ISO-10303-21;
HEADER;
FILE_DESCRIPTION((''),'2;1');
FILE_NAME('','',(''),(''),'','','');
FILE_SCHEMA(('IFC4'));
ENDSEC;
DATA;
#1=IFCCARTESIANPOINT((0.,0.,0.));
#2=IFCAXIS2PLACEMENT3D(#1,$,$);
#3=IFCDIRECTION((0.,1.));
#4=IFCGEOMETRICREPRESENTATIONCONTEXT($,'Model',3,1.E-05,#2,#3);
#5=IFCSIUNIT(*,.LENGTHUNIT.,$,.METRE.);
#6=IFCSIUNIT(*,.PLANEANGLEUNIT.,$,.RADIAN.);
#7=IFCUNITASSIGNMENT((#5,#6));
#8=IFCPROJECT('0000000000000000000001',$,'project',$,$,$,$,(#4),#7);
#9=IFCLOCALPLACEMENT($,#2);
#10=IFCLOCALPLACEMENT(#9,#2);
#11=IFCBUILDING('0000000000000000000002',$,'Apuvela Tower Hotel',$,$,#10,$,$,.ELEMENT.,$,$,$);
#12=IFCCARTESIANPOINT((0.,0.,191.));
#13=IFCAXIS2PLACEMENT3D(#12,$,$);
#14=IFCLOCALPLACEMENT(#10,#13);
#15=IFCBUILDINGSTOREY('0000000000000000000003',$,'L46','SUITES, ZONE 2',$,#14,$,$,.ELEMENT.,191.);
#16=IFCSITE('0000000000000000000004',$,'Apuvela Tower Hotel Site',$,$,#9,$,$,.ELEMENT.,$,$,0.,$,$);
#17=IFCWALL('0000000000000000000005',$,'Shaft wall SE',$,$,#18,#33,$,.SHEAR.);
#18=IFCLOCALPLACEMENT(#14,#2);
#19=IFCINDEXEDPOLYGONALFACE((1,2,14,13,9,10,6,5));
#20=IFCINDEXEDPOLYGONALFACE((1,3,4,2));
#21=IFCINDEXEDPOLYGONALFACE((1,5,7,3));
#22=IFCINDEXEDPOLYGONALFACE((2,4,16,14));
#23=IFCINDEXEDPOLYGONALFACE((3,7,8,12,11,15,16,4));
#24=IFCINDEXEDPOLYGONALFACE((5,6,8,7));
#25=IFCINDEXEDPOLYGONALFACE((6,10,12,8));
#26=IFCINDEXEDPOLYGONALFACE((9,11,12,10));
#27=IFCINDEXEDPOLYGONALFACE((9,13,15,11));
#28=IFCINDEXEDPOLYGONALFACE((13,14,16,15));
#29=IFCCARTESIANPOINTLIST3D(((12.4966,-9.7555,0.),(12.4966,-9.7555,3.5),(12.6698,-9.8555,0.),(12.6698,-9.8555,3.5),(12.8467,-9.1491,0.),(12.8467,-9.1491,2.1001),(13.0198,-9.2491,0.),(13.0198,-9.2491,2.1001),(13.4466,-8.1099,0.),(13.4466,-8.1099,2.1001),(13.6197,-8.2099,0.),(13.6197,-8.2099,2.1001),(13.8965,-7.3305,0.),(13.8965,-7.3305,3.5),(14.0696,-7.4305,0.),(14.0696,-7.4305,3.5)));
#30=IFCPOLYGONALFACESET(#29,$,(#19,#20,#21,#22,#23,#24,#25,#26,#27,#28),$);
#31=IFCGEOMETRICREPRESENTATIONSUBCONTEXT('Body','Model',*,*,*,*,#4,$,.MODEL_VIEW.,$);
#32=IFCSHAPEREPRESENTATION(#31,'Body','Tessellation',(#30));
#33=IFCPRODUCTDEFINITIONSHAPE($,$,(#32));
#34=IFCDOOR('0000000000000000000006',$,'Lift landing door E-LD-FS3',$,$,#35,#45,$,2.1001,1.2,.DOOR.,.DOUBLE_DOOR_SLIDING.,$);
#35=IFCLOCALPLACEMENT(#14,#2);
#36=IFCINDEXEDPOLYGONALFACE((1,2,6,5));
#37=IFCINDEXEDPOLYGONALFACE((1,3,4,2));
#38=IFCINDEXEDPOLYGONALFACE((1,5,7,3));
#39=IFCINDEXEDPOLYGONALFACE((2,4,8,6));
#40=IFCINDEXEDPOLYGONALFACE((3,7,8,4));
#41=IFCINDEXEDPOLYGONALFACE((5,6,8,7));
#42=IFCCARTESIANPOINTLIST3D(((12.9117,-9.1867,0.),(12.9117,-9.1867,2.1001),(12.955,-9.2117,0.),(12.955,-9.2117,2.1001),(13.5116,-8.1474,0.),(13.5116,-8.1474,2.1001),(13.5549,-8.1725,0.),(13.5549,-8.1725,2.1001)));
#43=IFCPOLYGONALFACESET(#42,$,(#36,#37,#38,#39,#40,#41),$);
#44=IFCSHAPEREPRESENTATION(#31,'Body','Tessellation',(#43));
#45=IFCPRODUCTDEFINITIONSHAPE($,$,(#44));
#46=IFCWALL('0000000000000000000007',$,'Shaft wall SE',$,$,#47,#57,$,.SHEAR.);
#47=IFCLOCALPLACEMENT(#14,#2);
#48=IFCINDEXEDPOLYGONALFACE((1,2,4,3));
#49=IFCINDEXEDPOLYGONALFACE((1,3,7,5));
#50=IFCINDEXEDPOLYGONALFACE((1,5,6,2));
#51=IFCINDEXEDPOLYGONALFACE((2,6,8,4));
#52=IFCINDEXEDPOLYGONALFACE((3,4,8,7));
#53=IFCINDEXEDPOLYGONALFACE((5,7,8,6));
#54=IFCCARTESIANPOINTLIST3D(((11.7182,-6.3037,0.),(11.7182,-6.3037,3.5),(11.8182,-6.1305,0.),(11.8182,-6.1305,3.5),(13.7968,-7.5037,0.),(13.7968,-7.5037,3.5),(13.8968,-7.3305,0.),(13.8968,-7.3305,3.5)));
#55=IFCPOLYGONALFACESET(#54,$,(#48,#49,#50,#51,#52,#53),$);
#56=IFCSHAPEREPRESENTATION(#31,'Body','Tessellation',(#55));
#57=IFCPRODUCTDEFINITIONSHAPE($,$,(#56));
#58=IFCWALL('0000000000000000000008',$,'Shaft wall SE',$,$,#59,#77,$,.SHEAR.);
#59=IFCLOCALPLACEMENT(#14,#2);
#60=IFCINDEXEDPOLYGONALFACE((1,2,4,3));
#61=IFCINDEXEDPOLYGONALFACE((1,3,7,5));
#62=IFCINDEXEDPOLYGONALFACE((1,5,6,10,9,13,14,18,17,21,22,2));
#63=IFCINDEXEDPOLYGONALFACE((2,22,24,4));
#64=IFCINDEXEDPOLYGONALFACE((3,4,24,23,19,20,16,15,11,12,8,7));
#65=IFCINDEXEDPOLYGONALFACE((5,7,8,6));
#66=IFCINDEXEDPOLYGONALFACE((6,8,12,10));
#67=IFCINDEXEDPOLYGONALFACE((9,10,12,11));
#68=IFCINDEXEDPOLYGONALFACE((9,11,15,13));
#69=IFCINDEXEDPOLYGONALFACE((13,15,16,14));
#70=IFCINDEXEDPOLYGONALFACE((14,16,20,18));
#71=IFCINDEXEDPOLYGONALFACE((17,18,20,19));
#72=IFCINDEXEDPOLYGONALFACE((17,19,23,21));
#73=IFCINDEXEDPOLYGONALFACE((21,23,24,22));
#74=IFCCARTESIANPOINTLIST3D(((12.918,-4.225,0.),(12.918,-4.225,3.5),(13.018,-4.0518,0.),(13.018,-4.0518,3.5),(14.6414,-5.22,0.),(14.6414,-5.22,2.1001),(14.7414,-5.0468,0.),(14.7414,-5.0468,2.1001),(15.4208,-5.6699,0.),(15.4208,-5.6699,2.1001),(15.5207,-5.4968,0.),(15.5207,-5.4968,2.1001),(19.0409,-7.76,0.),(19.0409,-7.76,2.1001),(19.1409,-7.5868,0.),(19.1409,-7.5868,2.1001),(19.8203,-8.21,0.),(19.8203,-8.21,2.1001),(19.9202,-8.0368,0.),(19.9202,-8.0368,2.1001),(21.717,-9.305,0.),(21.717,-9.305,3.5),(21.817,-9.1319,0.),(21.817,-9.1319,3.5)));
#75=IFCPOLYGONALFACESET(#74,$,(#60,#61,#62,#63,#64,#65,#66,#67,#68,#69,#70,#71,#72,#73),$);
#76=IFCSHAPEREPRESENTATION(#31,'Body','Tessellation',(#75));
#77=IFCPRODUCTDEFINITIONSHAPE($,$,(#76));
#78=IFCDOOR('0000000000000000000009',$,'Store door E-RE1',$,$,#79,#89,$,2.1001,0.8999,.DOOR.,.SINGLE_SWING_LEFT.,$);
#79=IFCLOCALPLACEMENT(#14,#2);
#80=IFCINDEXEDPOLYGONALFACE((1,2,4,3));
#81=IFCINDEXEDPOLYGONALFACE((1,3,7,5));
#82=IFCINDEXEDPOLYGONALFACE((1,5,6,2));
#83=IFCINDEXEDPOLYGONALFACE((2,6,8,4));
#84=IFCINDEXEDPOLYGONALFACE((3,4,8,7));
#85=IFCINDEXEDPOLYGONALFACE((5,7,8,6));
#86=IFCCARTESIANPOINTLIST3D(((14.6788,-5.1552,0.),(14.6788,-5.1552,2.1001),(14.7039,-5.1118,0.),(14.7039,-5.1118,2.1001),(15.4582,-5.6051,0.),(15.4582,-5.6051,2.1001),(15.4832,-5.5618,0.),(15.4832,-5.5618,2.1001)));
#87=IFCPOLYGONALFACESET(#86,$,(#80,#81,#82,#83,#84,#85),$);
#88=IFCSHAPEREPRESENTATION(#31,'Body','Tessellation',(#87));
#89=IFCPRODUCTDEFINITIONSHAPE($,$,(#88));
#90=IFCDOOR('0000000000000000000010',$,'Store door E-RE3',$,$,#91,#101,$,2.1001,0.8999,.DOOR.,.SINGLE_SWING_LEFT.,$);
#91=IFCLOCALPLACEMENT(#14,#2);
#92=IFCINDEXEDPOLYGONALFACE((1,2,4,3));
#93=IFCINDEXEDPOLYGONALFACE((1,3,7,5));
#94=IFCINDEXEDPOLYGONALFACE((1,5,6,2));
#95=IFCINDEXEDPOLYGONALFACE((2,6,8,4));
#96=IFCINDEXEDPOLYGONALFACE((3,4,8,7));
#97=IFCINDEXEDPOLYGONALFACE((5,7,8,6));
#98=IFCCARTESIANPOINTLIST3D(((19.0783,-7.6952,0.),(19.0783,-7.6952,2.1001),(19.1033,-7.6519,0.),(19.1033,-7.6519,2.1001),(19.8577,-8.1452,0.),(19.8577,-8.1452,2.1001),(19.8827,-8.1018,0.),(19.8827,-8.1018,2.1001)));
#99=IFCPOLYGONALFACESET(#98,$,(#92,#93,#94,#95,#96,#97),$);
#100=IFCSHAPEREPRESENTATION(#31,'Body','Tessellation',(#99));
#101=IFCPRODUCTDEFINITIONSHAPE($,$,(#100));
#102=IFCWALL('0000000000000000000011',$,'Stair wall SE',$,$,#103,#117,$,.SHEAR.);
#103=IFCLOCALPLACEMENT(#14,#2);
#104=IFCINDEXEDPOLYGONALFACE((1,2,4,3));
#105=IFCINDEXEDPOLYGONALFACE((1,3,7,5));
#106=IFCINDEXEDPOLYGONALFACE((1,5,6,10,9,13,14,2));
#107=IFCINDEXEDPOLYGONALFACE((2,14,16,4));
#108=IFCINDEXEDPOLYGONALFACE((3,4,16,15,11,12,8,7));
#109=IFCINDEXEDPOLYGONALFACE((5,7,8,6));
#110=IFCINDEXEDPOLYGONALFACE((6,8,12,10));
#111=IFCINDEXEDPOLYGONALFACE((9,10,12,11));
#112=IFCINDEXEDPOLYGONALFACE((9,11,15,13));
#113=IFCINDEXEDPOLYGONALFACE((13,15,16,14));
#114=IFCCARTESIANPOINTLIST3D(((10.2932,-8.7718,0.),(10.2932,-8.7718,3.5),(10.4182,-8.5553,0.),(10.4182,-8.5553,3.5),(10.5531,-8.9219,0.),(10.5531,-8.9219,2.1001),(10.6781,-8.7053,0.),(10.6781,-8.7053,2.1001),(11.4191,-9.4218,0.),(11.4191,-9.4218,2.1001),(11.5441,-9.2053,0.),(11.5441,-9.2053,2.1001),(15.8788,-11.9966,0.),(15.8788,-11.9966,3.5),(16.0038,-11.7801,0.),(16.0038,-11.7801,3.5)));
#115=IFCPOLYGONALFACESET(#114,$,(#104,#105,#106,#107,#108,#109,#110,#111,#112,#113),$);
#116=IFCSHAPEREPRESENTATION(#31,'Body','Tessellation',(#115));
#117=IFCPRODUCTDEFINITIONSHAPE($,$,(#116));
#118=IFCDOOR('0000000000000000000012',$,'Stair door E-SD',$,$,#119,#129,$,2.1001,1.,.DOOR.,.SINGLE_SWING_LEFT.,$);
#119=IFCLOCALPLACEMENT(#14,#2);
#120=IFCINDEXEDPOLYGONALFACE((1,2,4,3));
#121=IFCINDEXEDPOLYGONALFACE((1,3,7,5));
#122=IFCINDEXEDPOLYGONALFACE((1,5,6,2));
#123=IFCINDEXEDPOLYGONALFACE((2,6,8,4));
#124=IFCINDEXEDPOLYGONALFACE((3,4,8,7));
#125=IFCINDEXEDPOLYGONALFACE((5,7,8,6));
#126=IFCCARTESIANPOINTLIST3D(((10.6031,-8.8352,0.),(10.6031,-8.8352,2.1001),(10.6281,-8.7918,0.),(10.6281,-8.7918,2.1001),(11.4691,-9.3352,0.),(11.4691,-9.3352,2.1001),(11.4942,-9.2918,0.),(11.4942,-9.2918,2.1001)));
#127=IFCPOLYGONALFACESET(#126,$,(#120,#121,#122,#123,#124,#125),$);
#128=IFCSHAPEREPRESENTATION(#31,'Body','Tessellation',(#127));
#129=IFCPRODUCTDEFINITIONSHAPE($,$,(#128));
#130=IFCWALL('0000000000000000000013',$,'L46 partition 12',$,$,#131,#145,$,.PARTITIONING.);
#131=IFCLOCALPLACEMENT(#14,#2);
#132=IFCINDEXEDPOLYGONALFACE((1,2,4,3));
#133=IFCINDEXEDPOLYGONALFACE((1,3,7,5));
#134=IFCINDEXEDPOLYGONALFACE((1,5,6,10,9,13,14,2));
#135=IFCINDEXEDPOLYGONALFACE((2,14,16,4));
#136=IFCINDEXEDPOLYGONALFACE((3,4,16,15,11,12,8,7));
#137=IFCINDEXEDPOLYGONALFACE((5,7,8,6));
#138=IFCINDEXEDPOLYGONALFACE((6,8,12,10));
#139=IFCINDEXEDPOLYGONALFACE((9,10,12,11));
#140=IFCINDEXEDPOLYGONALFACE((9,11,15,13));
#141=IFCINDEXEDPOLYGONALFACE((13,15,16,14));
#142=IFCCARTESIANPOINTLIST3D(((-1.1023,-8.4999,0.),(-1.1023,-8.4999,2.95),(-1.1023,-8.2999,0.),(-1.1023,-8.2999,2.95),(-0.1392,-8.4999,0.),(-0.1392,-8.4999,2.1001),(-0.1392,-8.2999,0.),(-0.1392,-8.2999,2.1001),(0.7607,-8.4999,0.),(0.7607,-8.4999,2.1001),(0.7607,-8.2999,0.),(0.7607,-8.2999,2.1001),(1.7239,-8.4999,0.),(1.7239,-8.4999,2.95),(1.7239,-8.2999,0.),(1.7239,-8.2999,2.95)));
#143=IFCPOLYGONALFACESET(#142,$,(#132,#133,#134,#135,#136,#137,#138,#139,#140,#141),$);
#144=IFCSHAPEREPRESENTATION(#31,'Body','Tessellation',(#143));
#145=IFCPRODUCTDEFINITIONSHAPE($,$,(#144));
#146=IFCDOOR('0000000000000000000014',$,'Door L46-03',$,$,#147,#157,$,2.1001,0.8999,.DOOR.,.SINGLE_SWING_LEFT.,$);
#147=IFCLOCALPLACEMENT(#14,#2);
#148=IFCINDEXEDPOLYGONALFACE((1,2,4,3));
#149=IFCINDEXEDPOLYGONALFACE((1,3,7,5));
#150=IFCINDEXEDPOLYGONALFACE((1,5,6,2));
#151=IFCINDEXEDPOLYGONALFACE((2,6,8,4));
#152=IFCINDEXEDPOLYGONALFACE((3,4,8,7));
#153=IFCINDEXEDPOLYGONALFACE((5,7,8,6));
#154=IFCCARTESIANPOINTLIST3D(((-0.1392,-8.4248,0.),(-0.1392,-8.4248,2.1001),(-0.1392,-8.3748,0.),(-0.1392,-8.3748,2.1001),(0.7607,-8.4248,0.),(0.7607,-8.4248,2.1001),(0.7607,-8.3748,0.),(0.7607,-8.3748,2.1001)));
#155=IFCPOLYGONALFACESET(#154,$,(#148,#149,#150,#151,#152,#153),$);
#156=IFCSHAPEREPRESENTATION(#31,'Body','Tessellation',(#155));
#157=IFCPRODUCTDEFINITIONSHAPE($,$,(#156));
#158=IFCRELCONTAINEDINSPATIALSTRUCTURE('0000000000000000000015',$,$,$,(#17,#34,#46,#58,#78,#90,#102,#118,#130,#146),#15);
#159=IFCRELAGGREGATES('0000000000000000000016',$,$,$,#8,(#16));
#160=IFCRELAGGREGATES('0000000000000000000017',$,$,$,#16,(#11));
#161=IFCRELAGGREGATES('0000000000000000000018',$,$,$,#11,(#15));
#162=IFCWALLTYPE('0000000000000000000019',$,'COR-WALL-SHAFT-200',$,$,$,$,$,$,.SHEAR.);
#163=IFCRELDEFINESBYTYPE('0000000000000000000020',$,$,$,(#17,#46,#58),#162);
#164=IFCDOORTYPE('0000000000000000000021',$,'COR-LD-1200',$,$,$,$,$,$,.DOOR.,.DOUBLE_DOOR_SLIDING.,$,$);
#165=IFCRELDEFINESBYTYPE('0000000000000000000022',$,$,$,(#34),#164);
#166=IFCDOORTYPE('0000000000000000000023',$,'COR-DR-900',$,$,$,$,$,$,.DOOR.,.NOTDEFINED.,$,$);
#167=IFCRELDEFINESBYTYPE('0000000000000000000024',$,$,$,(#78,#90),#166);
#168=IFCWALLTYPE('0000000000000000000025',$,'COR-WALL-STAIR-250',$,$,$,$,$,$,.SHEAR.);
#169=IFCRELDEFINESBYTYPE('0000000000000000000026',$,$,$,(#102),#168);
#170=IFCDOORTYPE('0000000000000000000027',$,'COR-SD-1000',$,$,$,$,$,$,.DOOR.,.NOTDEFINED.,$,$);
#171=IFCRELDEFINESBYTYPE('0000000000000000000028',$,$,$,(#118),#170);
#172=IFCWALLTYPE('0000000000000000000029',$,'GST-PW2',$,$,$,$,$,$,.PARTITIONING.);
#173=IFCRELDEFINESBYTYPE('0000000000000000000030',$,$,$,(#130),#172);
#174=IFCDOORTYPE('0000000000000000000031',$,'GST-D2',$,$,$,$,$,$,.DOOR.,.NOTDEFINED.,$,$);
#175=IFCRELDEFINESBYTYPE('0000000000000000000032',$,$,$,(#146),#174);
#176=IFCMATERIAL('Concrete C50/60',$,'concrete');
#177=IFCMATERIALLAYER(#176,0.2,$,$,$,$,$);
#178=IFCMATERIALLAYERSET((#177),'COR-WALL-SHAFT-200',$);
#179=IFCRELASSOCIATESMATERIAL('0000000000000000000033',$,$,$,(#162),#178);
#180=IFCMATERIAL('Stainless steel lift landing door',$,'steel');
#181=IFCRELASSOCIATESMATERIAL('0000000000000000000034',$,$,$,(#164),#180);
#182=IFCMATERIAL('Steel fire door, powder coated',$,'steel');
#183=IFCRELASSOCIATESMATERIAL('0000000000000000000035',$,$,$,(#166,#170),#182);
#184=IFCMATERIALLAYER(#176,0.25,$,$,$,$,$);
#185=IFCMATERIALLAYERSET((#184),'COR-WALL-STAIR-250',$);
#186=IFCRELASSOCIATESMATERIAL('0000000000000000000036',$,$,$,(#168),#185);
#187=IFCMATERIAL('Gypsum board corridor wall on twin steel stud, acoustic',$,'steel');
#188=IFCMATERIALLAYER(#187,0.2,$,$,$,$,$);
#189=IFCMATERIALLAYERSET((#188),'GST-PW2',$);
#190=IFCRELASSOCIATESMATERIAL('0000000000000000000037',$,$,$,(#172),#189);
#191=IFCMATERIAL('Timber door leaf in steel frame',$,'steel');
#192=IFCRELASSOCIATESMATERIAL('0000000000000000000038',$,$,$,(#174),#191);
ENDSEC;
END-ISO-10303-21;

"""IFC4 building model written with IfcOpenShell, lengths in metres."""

from ifc_helpers import new_model, si_unit, direction, frame, frame_2d, origin, place, context, subcontext, project, spatial, rectangle, extrude, material, layer, layer_set, type_object, element, fill, save


model = new_model("IFC4")

# Units and contexts
model_context = context("Model", 3, precision=1e-05, world=origin(), true_north=direction((0.0, 1.0)))
body_context = subcontext(model_context, "Body", "Model", "MODEL_VIEW")
ifc_project = project(units=[si_unit("LENGTHUNIT", "METRE"), si_unit("PLANEANGLEUNIT", "RADIAN")], contexts=[model_context])

# Site, building, storey
site_placement = place(None, origin())
site = spatial("IfcSite", under=ifc_project, at=site_placement, Name="Apuvela Tower Hotel Site", CompositionType="ELEMENT", RefElevation=0.0)
building_placement = place(site_placement, origin())
building = spatial("IfcBuilding", under=site, at=building_placement, Name="Apuvela Tower Hotel", CompositionType="ELEMENT")
storey_placement = place(building_placement, frame((0.0, 0.0, 191.0)))
storey = spatial("IfcBuildingStorey", under=building, at=storey_placement, Name="L46", Description="SUITES, ZONE 2", CompositionType="ELEMENT", Elevation=191.0)

# Shared definitions
ifc_material_1 = material(Name="Concrete C50/60", Category="concrete")

# Shared definitions
ifc_material_2 = material(Name="Steel fire door, powder coated", Category="steel")

# Wall, opening, door
ifc_layer_1 = layer(ifc_material_1, 0.2)
ifc_layer_set_1 = layer_set([ifc_layer_1], Name="COR-WALL-SHAFT-200")
wall_type_1 = type_object("IfcWallType", Name="COR-WALL-SHAFT-200", PredefinedType="SHEAR", material=ifc_layer_set_1)
wall_1_placement = place(storey_placement, frame((12.5833, -9.8054, 0.0), z_axis=(0.0, 0.0, 1.0), x_axis=(0.499946, 0.866056, 0.0)))
wall_1 = element("IfcWall", 1, at=wall_1_placement, inside=storey, type_object=wall_type_1, Name="Shaft wall SE", PredefinedType="SHEAR", context=body_context, shape_type="SweptSolid", body=[
    extrude(rectangle(XDim=2.8, YDim=0.2, at=frame_2d((1.3999, 0.0))), origin(), (0.0, 0.0, 1.0), 3.5),
])
opening_1_placement = place(wall_1_placement, frame((0.7, 0.0, 0.0)))
opening_1 = element("IfcOpeningElement", 2, at=opening_1_placement, cuts=wall_1, PredefinedType="OPENING", context=body_context, shape_type="SweptSolid", body=[
    extrude(rectangle(XDim=1.2, YDim=2.1001, at=frame_2d((0.6001, 1.05))), frame((0.0, 0.1099, 0.0), z_axis=(0.0, -1.0, 0.0), x_axis=(1.0, 0.0, 0.0)), (0.0, 0.0, 1.0), 0.22),
])
ifc_material_3 = material(Name="Stainless steel lift landing door", Category="steel")
door_type_1 = type_object("IfcDoorType", Name="COR-LD-1200", OperationType="DOUBLE_DOOR_SLIDING", PredefinedType="DOOR", material=ifc_material_3)
door_1_placement = place(opening_1_placement, origin())
door_1 = element("IfcDoor", 3, at=door_1_placement, inside=storey, type_object=door_type_1, Name="Lift landing door E-LD-FS3", OperationType="DOUBLE_DOOR_SLIDING", OverallHeight=2.1001, OverallWidth=1.2, PredefinedType="DOOR", context=body_context, shape_type="SweptSolid", body=[
    extrude(rectangle(XDim=1.2, YDim=2.1001, at=frame_2d((0.6001, 1.05))), frame((0.0, 0.0249, 0.0), z_axis=(0.0, -1.0, 0.0), x_axis=(1.0, 0.0, 0.0)), (0.0, 0.0, 1.0), 0.05),
])
fill(opening_1, door_1)

# Wall
wall_2_placement = place(storey_placement, frame((11.7681, -6.217, 0.0), z_axis=(0.0, 0.0, 1.0), x_axis=(0.86605, -0.499957, 0.0)))
element("IfcWall", 4, at=wall_2_placement, inside=storey, type_object=wall_type_1, Name="Shaft wall SE", PredefinedType="SHEAR", context=body_context, shape_type="SweptSolid", body=[
    extrude(rectangle(XDim=2.4001, YDim=0.2, at=frame_2d((1.2002, 0.0))), origin(), (0.0, 0.0, 1.0), 3.5),
])

# Wall, openings, doors
wall_3_placement = place(storey_placement, frame((12.968, -4.1384, 0.0), z_axis=(0.0, 0.0, 1.0), x_axis=(0.866028, -0.499995, 0.0)))
wall_3 = element("IfcWall", 5, at=wall_3_placement, inside=storey, type_object=wall_type_1, Name="Shaft wall SE", PredefinedType="SHEAR", context=body_context, shape_type="SweptSolid", body=[
    extrude(rectangle(XDim=10.1602, YDim=0.2, at=frame_2d((5.0801, 0.0))), origin(), (0.0, 0.0, 1.0), 3.5),
])
opening_2_placement = place(wall_3_placement, frame((1.99, 0.0, 0.0)))
opening_2 = element("IfcOpeningElement", 6, at=opening_2_placement, cuts=wall_3, PredefinedType="OPENING", context=body_context, shape_type="SweptSolid", body=[
    extrude(rectangle(XDim=0.8999, YDim=2.1001, at=frame_2d((0.45, 1.05))), frame((0.0, 0.1099, 0.0), z_axis=(0.0, -1.0, 0.0), x_axis=(1.0, 0.0, 0.0)), (0.0, 0.0, 1.0), 0.22),
])
opening_3_placement = place(wall_3_placement, frame((7.0701, 0.0, 0.0)))
opening_3 = element("IfcOpeningElement", 7, at=opening_3_placement, cuts=wall_3, PredefinedType="OPENING", context=body_context, shape_type="SweptSolid", body=[
    extrude(rectangle(XDim=0.8999, YDim=2.1001, at=frame_2d((0.45, 1.05))), frame((0.0, 0.1099, 0.0), z_axis=(0.0, -1.0, 0.0), x_axis=(1.0, 0.0, 0.0)), (0.0, 0.0, 1.0), 0.22),
])
door_type_2 = type_object("IfcDoorType", Name="COR-DR-900", OperationType="NOTDEFINED", PredefinedType="DOOR", material=ifc_material_2)
door_2_placement = place(opening_2_placement, origin())
door_2 = element("IfcDoor", 8, at=door_2_placement, inside=storey, type_object=door_type_2, Name="Store door E-RE1", OperationType="SINGLE_SWING_LEFT", OverallHeight=2.1001, OverallWidth=0.8999, PredefinedType="DOOR", context=body_context, shape_type="SweptSolid", body=[
    extrude(rectangle(XDim=0.8999, YDim=2.1001, at=frame_2d((0.45, 1.05))), frame((0.0, 0.0249, 0.0), z_axis=(0.0, -1.0, 0.0), x_axis=(1.0, 0.0, 0.0)), (0.0, 0.0, 1.0), 0.05),
])
fill(opening_2, door_2)
door_3_placement = place(opening_3_placement, origin())
door_3 = element("IfcDoor", 9, at=door_3_placement, inside=storey, type_object=door_type_2, Name="Store door E-RE3", OperationType="SINGLE_SWING_LEFT", OverallHeight=2.1001, OverallWidth=0.8999, PredefinedType="DOOR", context=body_context, shape_type="SweptSolid", body=[
    extrude(rectangle(XDim=0.8999, YDim=2.1001, at=frame_2d((0.45, 1.05))), frame((0.0, 0.0249, 0.0), z_axis=(0.0, -1.0, 0.0), x_axis=(1.0, 0.0, 0.0)), (0.0, 0.0, 1.0), 0.05),
])
fill(opening_3, door_3)

# Walls, openings, doors
ifc_layer_2 = layer(ifc_material_1, 0.25)
ifc_layer_set_2 = layer_set([ifc_layer_2], Name="COR-WALL-STAIR-250")
wall_type_2 = type_object("IfcWallType", Name="COR-WALL-STAIR-250", PredefinedType="SHEAR", material=ifc_layer_set_2)
wall_4_placement = place(storey_placement, frame((10.3557, -8.6636, 0.0), z_axis=(0.0, 0.0, 1.0), x_axis=(0.866029, -0.499994, 0.0)))
wall_4 = element("IfcWall", 10, at=wall_4_placement, inside=storey, type_object=wall_type_2, Name="Stair wall SE", PredefinedType="SHEAR", context=body_context, shape_type="SweptSolid", body=[
    extrude(rectangle(XDim=6.4497, YDim=0.25, at=frame_2d((3.2249, 0.0))), origin(), (0.0, 0.0, 1.0), 3.5),
])
opening_4_placement = place(wall_4_placement, frame((0.3, 0.0, 0.0)))
opening_4 = element("IfcOpeningElement", 11, at=opening_4_placement, cuts=wall_4, PredefinedType="OPENING", context=body_context, shape_type="SweptSolid", body=[
    extrude(rectangle(XDim=1.0, YDim=2.1001, at=frame_2d((0.5, 1.05))), frame((0.0, 0.135, 0.0), z_axis=(0.0, -1.0, 0.0), x_axis=(1.0, 0.0, 0.0)), (0.0, 0.0, 1.0), 0.27),
])
door_type_3 = type_object("IfcDoorType", Name="COR-SD-1000", OperationType="NOTDEFINED", PredefinedType="DOOR", material=ifc_material_2)
door_4_placement = place(opening_4_placement, frame((1.0, 0.0, 0.0), z_axis=(0.0, 0.0, 1.0), x_axis=(-1.0, 0.0, 0.0)))
door_4 = element("IfcDoor", 12, at=door_4_placement, inside=storey, type_object=door_type_3, Name="Stair door E-SD", OperationType="SINGLE_SWING_LEFT", OverallHeight=2.1001, OverallWidth=1.0, PredefinedType="DOOR", context=body_context, shape_type="SweptSolid", body=[
    extrude(rectangle(XDim=1.0, YDim=2.1001, at=frame_2d((0.5, 1.05))), frame((0.0, 0.0249, 0.0), z_axis=(0.0, -1.0, 0.0), x_axis=(1.0, 0.0, 0.0)), (0.0, 0.0, 1.0), 0.05),
])
fill(opening_4, door_4)
ifc_material_4 = material(Name="Gypsum board corridor wall on twin steel stud, acoustic", Category="steel")
ifc_layer_3 = layer(ifc_material_4, 0.2)
ifc_layer_set_3 = layer_set([ifc_layer_3], Name="GST-PW2")
wall_type_3 = type_object("IfcWallType", Name="GST-PW2", PredefinedType="PARTITIONING", material=ifc_layer_set_3)
wall_5_placement = place(storey_placement, frame((1.7239, -8.3999, 0.0), z_axis=(0.0, 0.0, 1.0), x_axis=(-1.0, 0.0, 0.0)))
wall_5 = element("IfcWall", 13, at=wall_5_placement, inside=storey, type_object=wall_type_3, Name="L46 partition 12", PredefinedType="PARTITIONING", context=body_context, shape_type="SweptSolid", body=[
    extrude(rectangle(XDim=2.8262, YDim=0.2, at=frame_2d((1.4131, 0.0))), origin(), (0.0, 0.0, 1.0), 2.95),
])
opening_5_placement = place(wall_5_placement, frame((0.9631, 0.0, 0.0)))
opening_5 = element("IfcOpeningElement", 14, at=opening_5_placement, cuts=wall_5, PredefinedType="OPENING", context=body_context, shape_type="SweptSolid", body=[
    extrude(rectangle(XDim=0.8999, YDim=2.1001, at=frame_2d((0.45, 1.05))), frame((0.0, 0.1099, 0.0), z_axis=(0.0, -1.0, 0.0), x_axis=(1.0, 0.0, 0.0)), (0.0, 0.0, 1.0), 0.22),
])
ifc_material_5 = material(Name="Timber door leaf in steel frame", Category="steel")
door_type_4 = type_object("IfcDoorType", Name="GST-D2", OperationType="NOTDEFINED", PredefinedType="DOOR", material=ifc_material_5)
door_5_placement = place(opening_5_placement, origin())
door_5 = element("IfcDoor", 15, at=door_5_placement, inside=storey, type_object=door_type_4, Name="Door L46-03", OperationType="SINGLE_SWING_LEFT", OverallHeight=2.1001, OverallWidth=0.8999, PredefinedType="DOOR", context=body_context, shape_type="SweptSolid", body=[
    extrude(rectangle(XDim=0.8999, YDim=2.1001, at=frame_2d((0.45, 1.05))), frame((0.0, 0.0249, 0.0), z_axis=(0.0, -1.0, 0.0), x_axis=(1.0, 0.0, 0.0)), (0.0, 0.0, 1.0), 0.05),
])
fill(opening_5, door_5)

save(model, "model.ifc")
